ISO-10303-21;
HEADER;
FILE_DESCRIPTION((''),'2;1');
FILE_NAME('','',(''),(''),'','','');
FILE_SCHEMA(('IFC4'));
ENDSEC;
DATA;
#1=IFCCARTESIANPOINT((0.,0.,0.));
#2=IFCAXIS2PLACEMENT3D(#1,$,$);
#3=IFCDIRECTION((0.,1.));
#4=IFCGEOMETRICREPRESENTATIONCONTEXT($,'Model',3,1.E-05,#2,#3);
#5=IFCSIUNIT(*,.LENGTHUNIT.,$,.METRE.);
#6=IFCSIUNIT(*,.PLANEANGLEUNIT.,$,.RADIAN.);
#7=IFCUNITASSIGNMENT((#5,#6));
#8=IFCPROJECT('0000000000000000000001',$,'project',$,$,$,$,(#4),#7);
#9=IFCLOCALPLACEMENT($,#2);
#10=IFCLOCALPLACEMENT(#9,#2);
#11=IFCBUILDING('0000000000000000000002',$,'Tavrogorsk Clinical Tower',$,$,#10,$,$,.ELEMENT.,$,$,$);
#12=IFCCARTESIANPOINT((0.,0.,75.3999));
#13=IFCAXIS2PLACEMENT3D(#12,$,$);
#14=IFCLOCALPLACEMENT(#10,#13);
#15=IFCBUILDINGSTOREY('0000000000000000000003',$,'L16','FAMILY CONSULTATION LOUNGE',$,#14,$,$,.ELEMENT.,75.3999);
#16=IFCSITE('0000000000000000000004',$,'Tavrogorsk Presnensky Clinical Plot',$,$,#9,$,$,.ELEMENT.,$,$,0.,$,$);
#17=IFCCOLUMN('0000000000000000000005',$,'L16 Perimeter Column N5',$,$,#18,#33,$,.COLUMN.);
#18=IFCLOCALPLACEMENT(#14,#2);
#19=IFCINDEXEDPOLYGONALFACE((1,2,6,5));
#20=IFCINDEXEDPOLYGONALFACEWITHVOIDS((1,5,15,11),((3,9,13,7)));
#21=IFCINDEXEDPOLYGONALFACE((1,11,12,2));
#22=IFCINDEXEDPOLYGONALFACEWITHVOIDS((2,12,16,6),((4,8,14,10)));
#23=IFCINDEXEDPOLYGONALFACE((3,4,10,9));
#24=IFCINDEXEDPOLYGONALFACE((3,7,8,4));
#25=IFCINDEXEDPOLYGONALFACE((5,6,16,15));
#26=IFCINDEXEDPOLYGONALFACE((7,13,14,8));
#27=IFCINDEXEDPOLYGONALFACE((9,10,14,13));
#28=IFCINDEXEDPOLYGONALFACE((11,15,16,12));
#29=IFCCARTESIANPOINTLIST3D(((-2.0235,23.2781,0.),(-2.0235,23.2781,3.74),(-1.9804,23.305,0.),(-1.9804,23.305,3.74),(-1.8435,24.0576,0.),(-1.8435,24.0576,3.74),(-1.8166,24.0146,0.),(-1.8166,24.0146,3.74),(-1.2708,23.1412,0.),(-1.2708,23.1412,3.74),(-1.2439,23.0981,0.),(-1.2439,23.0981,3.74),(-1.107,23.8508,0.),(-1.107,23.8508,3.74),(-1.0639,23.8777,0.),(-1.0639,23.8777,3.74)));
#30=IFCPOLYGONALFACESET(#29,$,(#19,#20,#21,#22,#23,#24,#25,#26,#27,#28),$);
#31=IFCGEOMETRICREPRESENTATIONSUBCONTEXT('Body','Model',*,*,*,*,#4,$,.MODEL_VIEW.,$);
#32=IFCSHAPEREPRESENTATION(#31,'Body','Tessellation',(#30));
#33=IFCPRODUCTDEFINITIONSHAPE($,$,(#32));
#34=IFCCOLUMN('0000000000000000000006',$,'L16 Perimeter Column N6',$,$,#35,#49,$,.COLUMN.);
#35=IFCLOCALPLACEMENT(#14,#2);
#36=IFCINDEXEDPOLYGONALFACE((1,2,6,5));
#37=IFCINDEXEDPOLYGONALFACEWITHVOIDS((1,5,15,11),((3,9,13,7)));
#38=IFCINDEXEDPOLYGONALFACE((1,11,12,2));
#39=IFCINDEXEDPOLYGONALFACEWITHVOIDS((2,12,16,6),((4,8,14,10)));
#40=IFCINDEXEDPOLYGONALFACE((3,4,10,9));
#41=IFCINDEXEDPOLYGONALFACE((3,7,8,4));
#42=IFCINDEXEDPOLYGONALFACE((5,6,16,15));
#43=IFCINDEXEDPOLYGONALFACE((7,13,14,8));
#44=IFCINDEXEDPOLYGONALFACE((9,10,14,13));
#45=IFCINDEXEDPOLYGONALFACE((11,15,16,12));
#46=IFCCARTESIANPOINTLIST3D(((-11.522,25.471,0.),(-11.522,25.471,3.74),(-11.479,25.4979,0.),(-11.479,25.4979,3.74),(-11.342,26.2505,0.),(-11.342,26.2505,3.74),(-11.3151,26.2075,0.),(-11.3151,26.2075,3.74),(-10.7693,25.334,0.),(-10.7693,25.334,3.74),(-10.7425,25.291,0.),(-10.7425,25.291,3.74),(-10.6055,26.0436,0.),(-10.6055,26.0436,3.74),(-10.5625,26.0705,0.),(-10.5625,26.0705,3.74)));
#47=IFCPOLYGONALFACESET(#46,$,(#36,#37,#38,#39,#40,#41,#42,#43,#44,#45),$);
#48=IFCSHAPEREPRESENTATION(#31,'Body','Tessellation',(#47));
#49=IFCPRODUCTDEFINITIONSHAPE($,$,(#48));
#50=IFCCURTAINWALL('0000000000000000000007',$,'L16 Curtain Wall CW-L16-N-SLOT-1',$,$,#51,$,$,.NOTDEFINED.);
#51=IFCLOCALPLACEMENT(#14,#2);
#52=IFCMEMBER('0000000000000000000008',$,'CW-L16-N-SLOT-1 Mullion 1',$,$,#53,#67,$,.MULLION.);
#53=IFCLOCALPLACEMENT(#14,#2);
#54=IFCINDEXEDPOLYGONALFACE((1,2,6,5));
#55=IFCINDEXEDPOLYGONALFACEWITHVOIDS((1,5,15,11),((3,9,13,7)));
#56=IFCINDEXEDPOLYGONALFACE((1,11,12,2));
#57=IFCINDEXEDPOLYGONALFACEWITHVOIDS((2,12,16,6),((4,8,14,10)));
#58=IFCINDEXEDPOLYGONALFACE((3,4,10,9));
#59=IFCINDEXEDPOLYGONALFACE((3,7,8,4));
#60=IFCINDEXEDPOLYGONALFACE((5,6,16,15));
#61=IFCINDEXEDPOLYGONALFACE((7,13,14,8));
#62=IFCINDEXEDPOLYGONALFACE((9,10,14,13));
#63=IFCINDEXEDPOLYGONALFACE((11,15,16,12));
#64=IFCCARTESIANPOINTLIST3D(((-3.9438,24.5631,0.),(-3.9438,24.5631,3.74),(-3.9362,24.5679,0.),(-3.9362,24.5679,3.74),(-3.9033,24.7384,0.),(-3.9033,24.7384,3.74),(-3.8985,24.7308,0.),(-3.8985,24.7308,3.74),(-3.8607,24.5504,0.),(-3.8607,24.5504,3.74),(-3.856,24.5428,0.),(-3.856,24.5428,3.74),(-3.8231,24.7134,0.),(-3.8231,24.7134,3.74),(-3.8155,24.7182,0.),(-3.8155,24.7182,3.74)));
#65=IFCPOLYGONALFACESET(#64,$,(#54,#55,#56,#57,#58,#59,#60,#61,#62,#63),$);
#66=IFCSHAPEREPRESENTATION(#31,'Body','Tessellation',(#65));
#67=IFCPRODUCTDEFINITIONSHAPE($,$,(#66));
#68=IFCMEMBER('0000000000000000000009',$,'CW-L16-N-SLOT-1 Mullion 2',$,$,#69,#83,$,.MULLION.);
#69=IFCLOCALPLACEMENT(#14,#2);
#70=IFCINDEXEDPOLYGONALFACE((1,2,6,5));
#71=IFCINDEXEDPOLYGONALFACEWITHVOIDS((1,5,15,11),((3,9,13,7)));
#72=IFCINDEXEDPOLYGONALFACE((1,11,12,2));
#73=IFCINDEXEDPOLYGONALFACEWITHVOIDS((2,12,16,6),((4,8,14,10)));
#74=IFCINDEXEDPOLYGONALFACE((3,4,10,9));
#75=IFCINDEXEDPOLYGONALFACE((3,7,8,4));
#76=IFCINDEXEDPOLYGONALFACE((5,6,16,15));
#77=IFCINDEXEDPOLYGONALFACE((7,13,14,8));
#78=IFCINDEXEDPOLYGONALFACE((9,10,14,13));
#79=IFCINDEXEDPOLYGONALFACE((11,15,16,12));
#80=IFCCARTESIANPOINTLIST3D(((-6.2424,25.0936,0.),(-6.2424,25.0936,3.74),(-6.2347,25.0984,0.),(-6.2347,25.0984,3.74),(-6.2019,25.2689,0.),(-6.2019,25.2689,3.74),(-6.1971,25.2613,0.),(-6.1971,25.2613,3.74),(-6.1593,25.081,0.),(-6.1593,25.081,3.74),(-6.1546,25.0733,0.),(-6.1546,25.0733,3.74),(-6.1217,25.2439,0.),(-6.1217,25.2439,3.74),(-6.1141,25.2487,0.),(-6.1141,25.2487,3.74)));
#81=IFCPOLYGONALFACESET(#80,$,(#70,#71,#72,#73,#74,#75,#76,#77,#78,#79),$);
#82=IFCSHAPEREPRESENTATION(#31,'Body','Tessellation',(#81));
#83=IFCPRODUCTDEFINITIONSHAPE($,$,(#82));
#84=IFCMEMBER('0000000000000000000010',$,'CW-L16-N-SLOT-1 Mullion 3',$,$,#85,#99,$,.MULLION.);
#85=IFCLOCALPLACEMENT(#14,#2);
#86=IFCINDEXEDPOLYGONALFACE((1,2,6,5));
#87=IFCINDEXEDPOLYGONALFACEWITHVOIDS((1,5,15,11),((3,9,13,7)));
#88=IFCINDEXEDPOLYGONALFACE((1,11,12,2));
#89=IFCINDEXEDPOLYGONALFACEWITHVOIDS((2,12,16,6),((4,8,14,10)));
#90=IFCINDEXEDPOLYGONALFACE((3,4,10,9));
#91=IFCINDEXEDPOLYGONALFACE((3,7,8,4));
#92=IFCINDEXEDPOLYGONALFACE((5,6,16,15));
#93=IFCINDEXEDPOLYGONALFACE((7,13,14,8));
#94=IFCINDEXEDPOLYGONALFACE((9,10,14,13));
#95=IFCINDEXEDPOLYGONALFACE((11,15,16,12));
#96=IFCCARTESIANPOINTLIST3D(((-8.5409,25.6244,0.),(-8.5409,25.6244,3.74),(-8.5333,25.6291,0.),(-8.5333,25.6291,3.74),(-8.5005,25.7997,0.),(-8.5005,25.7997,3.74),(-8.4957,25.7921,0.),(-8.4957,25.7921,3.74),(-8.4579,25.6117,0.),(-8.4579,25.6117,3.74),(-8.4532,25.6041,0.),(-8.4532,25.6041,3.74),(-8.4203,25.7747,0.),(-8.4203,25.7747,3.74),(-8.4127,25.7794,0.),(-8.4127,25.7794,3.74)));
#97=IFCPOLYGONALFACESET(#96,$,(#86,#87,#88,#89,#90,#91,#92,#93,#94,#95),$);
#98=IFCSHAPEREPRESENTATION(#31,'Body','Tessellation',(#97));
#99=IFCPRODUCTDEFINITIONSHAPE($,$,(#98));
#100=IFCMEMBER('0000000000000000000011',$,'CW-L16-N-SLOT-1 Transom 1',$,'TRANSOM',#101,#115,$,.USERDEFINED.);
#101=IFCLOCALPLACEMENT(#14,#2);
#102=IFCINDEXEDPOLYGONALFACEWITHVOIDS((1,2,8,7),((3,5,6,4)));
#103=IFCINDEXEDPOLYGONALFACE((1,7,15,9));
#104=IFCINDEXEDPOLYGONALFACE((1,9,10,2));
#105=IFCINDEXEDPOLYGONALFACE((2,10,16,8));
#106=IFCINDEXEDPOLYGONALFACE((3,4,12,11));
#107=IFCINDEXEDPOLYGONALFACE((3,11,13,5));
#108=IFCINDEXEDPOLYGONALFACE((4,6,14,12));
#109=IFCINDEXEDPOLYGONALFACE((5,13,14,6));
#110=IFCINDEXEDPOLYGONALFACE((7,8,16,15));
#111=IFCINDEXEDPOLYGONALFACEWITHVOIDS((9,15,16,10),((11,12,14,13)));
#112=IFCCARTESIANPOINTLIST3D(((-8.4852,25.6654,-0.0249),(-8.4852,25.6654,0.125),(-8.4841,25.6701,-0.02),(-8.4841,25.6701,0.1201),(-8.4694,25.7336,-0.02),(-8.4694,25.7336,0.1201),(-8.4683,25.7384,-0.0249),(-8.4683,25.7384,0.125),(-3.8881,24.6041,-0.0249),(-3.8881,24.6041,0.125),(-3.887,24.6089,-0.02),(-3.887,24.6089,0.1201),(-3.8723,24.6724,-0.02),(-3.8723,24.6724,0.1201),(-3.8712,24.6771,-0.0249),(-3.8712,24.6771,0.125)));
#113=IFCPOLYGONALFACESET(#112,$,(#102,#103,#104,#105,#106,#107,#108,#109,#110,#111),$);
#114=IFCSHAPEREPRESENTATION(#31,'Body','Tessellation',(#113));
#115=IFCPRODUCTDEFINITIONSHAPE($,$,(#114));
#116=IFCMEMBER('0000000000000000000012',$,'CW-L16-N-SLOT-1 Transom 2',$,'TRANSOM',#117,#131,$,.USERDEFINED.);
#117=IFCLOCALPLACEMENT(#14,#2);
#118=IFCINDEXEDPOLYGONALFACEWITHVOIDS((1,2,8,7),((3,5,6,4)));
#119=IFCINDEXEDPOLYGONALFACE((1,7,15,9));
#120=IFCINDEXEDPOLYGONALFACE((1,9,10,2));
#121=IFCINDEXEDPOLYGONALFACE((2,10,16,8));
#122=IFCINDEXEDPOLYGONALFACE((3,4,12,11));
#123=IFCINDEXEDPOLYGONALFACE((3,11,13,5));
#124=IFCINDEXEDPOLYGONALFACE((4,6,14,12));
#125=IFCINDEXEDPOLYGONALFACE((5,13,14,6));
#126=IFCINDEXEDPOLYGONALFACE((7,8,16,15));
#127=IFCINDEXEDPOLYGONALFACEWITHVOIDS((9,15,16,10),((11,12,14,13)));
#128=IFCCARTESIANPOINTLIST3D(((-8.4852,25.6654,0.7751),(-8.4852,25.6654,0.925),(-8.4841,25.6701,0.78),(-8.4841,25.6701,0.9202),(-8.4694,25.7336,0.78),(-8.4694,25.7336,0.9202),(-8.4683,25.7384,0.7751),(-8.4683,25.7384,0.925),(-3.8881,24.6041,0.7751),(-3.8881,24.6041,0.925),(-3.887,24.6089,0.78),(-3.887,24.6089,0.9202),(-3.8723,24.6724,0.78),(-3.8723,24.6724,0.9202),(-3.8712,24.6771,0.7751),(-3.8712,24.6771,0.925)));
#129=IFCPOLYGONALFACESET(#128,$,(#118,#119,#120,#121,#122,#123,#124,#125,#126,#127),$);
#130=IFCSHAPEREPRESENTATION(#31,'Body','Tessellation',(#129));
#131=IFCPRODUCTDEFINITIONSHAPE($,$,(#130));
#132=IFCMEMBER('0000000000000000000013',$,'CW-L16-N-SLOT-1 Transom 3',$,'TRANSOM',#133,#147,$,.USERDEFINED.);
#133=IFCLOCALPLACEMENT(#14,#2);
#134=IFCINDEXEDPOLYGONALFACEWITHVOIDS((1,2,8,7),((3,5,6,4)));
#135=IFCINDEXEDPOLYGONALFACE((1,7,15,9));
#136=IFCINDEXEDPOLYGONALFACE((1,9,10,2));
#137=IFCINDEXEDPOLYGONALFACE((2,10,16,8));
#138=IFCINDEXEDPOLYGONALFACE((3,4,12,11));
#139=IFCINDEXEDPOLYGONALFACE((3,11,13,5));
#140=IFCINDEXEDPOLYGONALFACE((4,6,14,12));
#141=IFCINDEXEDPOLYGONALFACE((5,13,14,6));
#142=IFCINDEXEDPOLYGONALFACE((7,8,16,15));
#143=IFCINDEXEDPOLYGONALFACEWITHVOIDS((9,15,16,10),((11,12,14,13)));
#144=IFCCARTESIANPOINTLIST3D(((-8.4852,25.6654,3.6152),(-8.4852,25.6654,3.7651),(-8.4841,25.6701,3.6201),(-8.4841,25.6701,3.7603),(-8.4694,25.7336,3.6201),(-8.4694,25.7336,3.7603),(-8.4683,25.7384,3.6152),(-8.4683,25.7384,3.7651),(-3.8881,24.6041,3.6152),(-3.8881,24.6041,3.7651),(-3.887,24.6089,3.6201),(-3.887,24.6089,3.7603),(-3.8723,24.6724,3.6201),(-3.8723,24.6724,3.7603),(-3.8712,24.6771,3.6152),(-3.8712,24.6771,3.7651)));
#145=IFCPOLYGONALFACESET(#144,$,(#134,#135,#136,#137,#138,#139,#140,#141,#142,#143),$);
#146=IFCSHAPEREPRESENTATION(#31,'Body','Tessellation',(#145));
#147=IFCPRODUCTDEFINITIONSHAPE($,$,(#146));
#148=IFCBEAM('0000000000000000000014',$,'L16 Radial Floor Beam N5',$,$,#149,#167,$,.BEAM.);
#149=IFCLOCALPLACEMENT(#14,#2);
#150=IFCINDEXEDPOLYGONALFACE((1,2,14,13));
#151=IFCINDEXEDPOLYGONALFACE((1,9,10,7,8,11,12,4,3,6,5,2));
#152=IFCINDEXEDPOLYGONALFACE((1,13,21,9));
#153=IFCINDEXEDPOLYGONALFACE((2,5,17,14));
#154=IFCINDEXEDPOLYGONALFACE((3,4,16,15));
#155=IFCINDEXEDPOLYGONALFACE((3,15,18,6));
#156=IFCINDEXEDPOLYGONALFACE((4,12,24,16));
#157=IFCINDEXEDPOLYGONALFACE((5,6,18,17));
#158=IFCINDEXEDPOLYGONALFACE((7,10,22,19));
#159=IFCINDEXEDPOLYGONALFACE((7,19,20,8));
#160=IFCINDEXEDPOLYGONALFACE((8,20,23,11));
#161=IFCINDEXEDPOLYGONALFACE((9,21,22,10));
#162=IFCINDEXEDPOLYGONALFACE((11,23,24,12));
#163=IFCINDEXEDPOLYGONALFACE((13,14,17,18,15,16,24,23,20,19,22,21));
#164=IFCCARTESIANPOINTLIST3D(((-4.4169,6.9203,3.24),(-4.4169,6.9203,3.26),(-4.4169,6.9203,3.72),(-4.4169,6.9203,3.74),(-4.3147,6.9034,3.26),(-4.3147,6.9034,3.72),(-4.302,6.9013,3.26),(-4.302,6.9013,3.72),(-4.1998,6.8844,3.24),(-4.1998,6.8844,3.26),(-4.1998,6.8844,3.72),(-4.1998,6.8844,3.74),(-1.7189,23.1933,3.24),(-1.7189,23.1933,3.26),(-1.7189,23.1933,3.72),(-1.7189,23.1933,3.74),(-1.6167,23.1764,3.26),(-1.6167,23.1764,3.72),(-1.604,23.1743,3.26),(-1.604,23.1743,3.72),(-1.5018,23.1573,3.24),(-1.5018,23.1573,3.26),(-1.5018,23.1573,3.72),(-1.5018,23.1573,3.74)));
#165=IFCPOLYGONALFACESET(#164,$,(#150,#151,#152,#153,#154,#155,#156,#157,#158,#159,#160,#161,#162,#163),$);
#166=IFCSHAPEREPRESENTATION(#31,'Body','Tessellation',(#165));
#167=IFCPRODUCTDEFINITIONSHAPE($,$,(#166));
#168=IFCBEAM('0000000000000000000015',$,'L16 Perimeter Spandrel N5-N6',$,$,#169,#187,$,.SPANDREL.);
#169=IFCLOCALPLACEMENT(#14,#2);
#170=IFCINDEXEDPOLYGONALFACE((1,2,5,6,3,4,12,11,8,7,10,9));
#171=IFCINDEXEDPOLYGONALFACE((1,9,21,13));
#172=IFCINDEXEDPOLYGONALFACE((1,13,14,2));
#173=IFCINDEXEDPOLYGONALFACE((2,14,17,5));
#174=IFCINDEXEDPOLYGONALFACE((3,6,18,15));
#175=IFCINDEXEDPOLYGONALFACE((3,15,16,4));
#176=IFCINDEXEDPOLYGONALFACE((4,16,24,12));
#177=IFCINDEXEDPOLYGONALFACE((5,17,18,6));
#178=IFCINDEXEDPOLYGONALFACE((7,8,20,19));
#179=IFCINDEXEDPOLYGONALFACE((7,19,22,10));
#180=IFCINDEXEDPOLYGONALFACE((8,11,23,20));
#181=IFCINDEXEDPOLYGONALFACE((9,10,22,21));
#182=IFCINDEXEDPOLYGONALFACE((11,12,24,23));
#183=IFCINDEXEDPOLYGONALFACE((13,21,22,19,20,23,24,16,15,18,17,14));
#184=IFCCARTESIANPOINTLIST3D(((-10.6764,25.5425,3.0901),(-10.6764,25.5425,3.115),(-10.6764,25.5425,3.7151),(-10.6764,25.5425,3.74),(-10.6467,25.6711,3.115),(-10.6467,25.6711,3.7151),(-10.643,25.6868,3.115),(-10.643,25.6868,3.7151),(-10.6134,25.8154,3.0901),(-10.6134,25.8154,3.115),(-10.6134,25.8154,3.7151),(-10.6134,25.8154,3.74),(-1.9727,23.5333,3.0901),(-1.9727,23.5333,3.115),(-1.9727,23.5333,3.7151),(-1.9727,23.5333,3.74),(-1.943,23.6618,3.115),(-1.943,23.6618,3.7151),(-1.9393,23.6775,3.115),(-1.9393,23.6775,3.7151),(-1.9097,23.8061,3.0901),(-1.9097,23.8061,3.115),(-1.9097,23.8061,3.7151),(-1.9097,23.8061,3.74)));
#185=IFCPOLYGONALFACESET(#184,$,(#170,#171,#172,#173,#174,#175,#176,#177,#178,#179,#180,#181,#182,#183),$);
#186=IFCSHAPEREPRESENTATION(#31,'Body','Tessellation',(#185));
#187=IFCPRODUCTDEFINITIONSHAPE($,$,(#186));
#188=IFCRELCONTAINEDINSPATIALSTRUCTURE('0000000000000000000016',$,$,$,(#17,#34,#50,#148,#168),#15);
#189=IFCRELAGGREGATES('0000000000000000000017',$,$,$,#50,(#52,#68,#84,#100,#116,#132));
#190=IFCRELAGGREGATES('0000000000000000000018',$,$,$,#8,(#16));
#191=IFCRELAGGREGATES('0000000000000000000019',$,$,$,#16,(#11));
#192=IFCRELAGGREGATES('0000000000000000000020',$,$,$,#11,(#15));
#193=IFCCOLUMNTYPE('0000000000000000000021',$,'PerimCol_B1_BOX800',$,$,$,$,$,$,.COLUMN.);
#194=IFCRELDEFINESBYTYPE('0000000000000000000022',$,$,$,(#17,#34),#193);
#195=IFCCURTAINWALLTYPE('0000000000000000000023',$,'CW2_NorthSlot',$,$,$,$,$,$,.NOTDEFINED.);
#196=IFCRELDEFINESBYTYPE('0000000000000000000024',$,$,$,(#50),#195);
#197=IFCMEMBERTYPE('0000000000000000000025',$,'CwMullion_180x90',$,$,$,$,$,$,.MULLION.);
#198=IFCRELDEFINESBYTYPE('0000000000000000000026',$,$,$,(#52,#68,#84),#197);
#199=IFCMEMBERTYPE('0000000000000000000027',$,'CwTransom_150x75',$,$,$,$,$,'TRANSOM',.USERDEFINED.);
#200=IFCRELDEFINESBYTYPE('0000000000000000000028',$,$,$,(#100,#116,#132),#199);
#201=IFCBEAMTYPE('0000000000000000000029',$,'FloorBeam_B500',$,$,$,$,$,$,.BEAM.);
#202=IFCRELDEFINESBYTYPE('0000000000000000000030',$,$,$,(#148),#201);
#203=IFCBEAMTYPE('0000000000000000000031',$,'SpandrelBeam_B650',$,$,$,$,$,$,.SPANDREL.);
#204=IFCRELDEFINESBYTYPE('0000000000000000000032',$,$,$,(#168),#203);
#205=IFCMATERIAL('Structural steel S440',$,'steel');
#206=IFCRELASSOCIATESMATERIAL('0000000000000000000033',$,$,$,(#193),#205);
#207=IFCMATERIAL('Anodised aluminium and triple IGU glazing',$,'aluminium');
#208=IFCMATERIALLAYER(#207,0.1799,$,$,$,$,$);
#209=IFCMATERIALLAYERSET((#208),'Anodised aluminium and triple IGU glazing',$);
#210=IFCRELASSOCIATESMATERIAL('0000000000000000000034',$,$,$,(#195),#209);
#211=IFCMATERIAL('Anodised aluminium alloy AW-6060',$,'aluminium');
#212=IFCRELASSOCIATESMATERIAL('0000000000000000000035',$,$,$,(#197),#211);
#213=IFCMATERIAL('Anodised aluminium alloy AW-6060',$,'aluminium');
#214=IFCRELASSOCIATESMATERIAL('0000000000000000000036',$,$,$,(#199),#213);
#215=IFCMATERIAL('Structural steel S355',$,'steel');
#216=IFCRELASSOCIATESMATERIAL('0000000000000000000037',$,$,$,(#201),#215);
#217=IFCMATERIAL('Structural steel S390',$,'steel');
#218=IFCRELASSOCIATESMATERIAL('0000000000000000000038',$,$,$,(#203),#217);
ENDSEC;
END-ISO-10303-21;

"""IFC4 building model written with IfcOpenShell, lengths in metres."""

from ifc_helpers import new_model, si_unit, direction, frame, origin, origin_2d, place, context, subcontext, project, spatial, hollow_rectangle, i_section, extrude, material, layer, layer_set, material_profile, profile_set, type_object, element, aggregate, save


model = new_model("IFC4")

# Units and contexts
model_context = context("Model", 3, precision=1e-05, world=origin(), true_north=direction((0.0, 1.0)))
body_context = subcontext(model_context, "Body", "Model", "MODEL_VIEW")
ifc_project = project(units=[si_unit("LENGTHUNIT", "METRE"), si_unit("PLANEANGLEUNIT", "RADIAN")], contexts=[model_context])

# Site, building, storey
site_placement = place(None, origin())
site = spatial("IfcSite", under=ifc_project, at=site_placement, Name="Tavrogorsk Presnensky Clinical Plot", CompositionType="ELEMENT", RefElevation=0.0)
building_placement = place(site_placement, origin())
building = spatial("IfcBuilding", under=site, at=building_placement, Name="Tavrogorsk Clinical Tower", CompositionType="ELEMENT")
storey_placement = place(building_placement, frame((0.0, 0.0, 75.3999)))
storey = spatial("IfcBuildingStorey", under=building, at=storey_placement, Name="L16", Description="FAMILY CONSULTATION LOUNGE", CompositionType="ELEMENT", Elevation=75.3999)

# Columns
ifc_material_1 = material(Name="Structural steel S440", Category="steel")
ifc_material_profile_1 = material_profile(ifc_material_1, hollow_rectangle(XDim=0.8, YDim=0.8, WallThickness=0.0359, at=origin_2d()), Name="BOX-800x800x36")
ifc_profile_set_1 = profile_set([ifc_material_profile_1], Name="Structural steel S440")
column_type = type_object("IfcColumnType", Name="PerimCol_B1_BOX800", PredefinedType="COLUMN", material=ifc_profile_set_1)
for number, where, z_axis, x_axis, name in (
    (1, (-1.5437, 23.5779, 0.0), (0.0, 0.0, 1.0), (0.97437, -0.224951, 0.0), "L16 Perimeter Column N5"),
    (2, (-11.0422, 25.7708, 0.0), (0.0, 0.0, 1.0), (0.97437, -0.224951, 0.0), "L16 Perimeter Column N6"),
):
    element("IfcColumn", number, at=place(storey_placement, frame(where, z_axis=z_axis, x_axis=x_axis)), inside=storey, type_object=column_type, Name=name, PredefinedType="COLUMN", context=body_context, shape_type="SweptSolid", body=[
        extrude(hollow_rectangle(XDim=0.8, YDim=0.8, WallThickness=0.0359, at=origin_2d()), origin(), (0.0, 0.0, 1.0), 3.74),
    ])

# Curtain wall, members
ifc_material_2 = material(Name="Anodised aluminium and triple IGU glazing", Category="aluminium")
ifc_layer_1 = layer(ifc_material_2, 0.1799)
ifc_layer_set_1 = layer_set([ifc_layer_1], Name="Anodised aluminium and triple IGU glazing")
curtain_wall_type = type_object("IfcCurtainWallType", Name="CW2_NorthSlot", PredefinedType="NOTDEFINED", material=ifc_layer_set_1)
curtain_wall_placement = place(storey_placement, origin())
curtain_wall = element("IfcCurtainWall", 3, at=curtain_wall_placement, inside=storey, type_object=curtain_wall_type, Name="L16 Curtain Wall CW-L16-N-SLOT-1", PredefinedType="NOTDEFINED")
ifc_material_3 = material(Name="Anodised aluminium alloy AW-6060", Category="aluminium")
ifc_material_profile_2 = material_profile(ifc_material_3, hollow_rectangle(XDim=0.0901, YDim=0.1799, WallThickness=0.0063, at=origin_2d()), Name="RHS-180x90x6.3")
ifc_profile_set_2 = profile_set([ifc_material_profile_2], Name="Anodised aluminium alloy AW-6060")
member_type_1 = type_object("IfcMemberType", Name="CwMullion_180x90", PredefinedType="MULLION", material=ifc_profile_set_2)
member_1_placement = place(storey_placement, frame((-3.8796, 24.6406, 0.0), z_axis=(0.0, 0.0, 1.0), x_axis=(-0.97437, 0.224951, 0.0)))
member_1 = element("IfcMember", 4, at=member_1_placement, type_object=member_type_1, Name="CW-L16-N-SLOT-1 Mullion 1", PredefinedType="MULLION", context=body_context, shape_type="SweptSolid", body=[
    extrude(hollow_rectangle(XDim=0.0901, YDim=0.1799, WallThickness=0.0063, at=origin_2d()), origin(), (0.0, 0.0, 1.0), 3.74),
])
member_2_placement = place(storey_placement, frame((-6.1782, 25.1711, 0.0), z_axis=(0.0, 0.0, 1.0), x_axis=(-0.97437, 0.224951, 0.0)))
member_2 = element("IfcMember", 5, at=member_2_placement, type_object=member_type_1, Name="CW-L16-N-SLOT-1 Mullion 2", PredefinedType="MULLION", context=body_context, shape_type="SweptSolid", body=[
    extrude(hollow_rectangle(XDim=0.0901, YDim=0.1799, WallThickness=0.0063, at=origin_2d()), origin(), (0.0, 0.0, 1.0), 3.74),
])
member_3_placement = place(storey_placement, frame((-8.4768, 25.7019, 0.0), z_axis=(0.0, 0.0, 1.0), x_axis=(-0.97437, 0.224951, 0.0)))
member_3 = element("IfcMember", 6, at=member_3_placement, type_object=member_type_1, Name="CW-L16-N-SLOT-1 Mullion 3", PredefinedType="MULLION", context=body_context, shape_type="SweptSolid", body=[
    extrude(hollow_rectangle(XDim=0.0901, YDim=0.1799, WallThickness=0.0063, at=origin_2d()), origin(), (0.0, 0.0, 1.0), 3.74),
])
ifc_material_4 = material(Name="Anodised aluminium alloy AW-6060", Category="aluminium")
ifc_material_profile_3 = material_profile(ifc_material_4, hollow_rectangle(XDim=0.075, YDim=0.1499, WallThickness=0.0049, at=origin_2d()), Name="RHS-150x75x5")
ifc_profile_set_3 = profile_set([ifc_material_profile_3], Name="Anodised aluminium alloy AW-6060")
member_type_2 = type_object("IfcMemberType", Name="CwTransom_150x75", ElementType="TRANSOM", PredefinedType="USERDEFINED", material=ifc_profile_set_3)
member_4_placement = place(storey_placement, frame((-3.8796, 24.6406, 0.05), z_axis=(-0.974373, 0.224939, 0.0), x_axis=(-0.224939, -0.974373, 0.0)))
member_4 = element("IfcMember", 7, at=member_4_placement, type_object=member_type_2, Name="CW-L16-N-SLOT-1 Transom 1", ObjectType="TRANSOM", PredefinedType="USERDEFINED", context=body_context, shape_type="SweptSolid", body=[
    extrude(hollow_rectangle(XDim=0.075, YDim=0.1499, WallThickness=0.0049, at=origin_2d()), origin(), (0.0, 0.0, 1.0), 4.718),
])
member_5_placement = place(storey_placement, frame((-3.8796, 24.6406, 0.8501), z_axis=(-0.974373, 0.224939, 0.0), x_axis=(-0.224939, -0.974373, 0.0)))
member_5 = element("IfcMember", 8, at=member_5_placement, type_object=member_type_2, Name="CW-L16-N-SLOT-1 Transom 2", ObjectType="TRANSOM", PredefinedType="USERDEFINED", context=body_context, shape_type="SweptSolid", body=[
    extrude(hollow_rectangle(XDim=0.075, YDim=0.1499, WallThickness=0.0049, at=origin_2d()), origin(), (0.0, 0.0, 1.0), 4.718),
])
member_6_placement = place(storey_placement, frame((-3.8796, 24.6406, 3.6902), z_axis=(-0.974373, 0.224939, 0.0), x_axis=(-0.224939, -0.974373, 0.0)))
member_6 = element("IfcMember", 9, at=member_6_placement, type_object=member_type_2, Name="CW-L16-N-SLOT-1 Transom 3", ObjectType="TRANSOM", PredefinedType="USERDEFINED", context=body_context, shape_type="SweptSolid", body=[
    extrude(hollow_rectangle(XDim=0.075, YDim=0.1499, WallThickness=0.0049, at=origin_2d()), origin(), (0.0, 0.0, 1.0), 4.718),
])

# Beams
ifc_material_5 = material(Name="Structural steel S355", Category="steel")
ifc_material_profile_4 = material_profile(ifc_material_5, i_section(OverallWidth=0.22, OverallDepth=0.5, WebThickness=0.0129, FlangeThickness=0.02, at=origin_2d()), Name="B-500x220x13x20")
ifc_profile_set_4 = profile_set([ifc_material_profile_4], Name="Structural steel S355")
beam_type_1 = type_object("IfcBeamType", Name="FloorBeam_B500", PredefinedType="BEAM", material=ifc_profile_set_4)
beam_placement = place(storey_placement, frame((-4.3083, 6.9023, 3.49), z_axis=(0.163564, 0.986533, 0.0), x_axis=(-0.986533, 0.163564, 0.0)))
element("IfcBeam", 10, at=beam_placement, inside=storey, type_object=beam_type_1, Name="L16 Radial Floor Beam N5", PredefinedType="BEAM", context=body_context, shape_type="SweptSolid", body=[
    extrude(i_section(OverallWidth=0.22, OverallDepth=0.5, WebThickness=0.0129, FlangeThickness=0.02, at=origin_2d()), origin(), (0.0, 0.0, 1.0), 16.4951),
])
ifc_material_6 = material(Name="Structural steel S390", Category="steel")
ifc_material_profile_5 = material_profile(ifc_material_6, i_section(OverallWidth=0.28, OverallDepth=0.6499, WebThickness=0.0161, FlangeThickness=0.0249, at=origin_2d()), Name="B-650x280x16x25")
ifc_profile_set_5 = profile_set([ifc_material_profile_5], Name="Structural steel S390")
beam_type_2 = type_object("IfcBeamType", Name="SpandrelBeam_B650", PredefinedType="SPANDREL", material=ifc_profile_set_5)
for number, where, z_axis, x_axis, name in (
    (11, (-1.9412, 23.6697, 3.415), (-0.974373, 0.224939, 0.0), (-0.224939, -0.974373, 0.0), "L16 Perimeter Spandrel N5-N6"),
):
    element("IfcBeam", number, at=place(storey_placement, frame(where, z_axis=z_axis, x_axis=x_axis)), inside=storey, type_object=beam_type_2, Name=name, PredefinedType="SPANDREL", context=body_context, shape_type="SweptSolid", body=[
        extrude(i_section(OverallWidth=0.28, OverallDepth=0.6499, WebThickness=0.0161, FlangeThickness=0.0249, at=origin_2d()), origin(), (0.0, 0.0, 1.0), 8.9326),
    ])

aggregate(curtain_wall, [member_1, member_2, member_3, member_4, member_5, member_6])

save(model, "model.ifc")
